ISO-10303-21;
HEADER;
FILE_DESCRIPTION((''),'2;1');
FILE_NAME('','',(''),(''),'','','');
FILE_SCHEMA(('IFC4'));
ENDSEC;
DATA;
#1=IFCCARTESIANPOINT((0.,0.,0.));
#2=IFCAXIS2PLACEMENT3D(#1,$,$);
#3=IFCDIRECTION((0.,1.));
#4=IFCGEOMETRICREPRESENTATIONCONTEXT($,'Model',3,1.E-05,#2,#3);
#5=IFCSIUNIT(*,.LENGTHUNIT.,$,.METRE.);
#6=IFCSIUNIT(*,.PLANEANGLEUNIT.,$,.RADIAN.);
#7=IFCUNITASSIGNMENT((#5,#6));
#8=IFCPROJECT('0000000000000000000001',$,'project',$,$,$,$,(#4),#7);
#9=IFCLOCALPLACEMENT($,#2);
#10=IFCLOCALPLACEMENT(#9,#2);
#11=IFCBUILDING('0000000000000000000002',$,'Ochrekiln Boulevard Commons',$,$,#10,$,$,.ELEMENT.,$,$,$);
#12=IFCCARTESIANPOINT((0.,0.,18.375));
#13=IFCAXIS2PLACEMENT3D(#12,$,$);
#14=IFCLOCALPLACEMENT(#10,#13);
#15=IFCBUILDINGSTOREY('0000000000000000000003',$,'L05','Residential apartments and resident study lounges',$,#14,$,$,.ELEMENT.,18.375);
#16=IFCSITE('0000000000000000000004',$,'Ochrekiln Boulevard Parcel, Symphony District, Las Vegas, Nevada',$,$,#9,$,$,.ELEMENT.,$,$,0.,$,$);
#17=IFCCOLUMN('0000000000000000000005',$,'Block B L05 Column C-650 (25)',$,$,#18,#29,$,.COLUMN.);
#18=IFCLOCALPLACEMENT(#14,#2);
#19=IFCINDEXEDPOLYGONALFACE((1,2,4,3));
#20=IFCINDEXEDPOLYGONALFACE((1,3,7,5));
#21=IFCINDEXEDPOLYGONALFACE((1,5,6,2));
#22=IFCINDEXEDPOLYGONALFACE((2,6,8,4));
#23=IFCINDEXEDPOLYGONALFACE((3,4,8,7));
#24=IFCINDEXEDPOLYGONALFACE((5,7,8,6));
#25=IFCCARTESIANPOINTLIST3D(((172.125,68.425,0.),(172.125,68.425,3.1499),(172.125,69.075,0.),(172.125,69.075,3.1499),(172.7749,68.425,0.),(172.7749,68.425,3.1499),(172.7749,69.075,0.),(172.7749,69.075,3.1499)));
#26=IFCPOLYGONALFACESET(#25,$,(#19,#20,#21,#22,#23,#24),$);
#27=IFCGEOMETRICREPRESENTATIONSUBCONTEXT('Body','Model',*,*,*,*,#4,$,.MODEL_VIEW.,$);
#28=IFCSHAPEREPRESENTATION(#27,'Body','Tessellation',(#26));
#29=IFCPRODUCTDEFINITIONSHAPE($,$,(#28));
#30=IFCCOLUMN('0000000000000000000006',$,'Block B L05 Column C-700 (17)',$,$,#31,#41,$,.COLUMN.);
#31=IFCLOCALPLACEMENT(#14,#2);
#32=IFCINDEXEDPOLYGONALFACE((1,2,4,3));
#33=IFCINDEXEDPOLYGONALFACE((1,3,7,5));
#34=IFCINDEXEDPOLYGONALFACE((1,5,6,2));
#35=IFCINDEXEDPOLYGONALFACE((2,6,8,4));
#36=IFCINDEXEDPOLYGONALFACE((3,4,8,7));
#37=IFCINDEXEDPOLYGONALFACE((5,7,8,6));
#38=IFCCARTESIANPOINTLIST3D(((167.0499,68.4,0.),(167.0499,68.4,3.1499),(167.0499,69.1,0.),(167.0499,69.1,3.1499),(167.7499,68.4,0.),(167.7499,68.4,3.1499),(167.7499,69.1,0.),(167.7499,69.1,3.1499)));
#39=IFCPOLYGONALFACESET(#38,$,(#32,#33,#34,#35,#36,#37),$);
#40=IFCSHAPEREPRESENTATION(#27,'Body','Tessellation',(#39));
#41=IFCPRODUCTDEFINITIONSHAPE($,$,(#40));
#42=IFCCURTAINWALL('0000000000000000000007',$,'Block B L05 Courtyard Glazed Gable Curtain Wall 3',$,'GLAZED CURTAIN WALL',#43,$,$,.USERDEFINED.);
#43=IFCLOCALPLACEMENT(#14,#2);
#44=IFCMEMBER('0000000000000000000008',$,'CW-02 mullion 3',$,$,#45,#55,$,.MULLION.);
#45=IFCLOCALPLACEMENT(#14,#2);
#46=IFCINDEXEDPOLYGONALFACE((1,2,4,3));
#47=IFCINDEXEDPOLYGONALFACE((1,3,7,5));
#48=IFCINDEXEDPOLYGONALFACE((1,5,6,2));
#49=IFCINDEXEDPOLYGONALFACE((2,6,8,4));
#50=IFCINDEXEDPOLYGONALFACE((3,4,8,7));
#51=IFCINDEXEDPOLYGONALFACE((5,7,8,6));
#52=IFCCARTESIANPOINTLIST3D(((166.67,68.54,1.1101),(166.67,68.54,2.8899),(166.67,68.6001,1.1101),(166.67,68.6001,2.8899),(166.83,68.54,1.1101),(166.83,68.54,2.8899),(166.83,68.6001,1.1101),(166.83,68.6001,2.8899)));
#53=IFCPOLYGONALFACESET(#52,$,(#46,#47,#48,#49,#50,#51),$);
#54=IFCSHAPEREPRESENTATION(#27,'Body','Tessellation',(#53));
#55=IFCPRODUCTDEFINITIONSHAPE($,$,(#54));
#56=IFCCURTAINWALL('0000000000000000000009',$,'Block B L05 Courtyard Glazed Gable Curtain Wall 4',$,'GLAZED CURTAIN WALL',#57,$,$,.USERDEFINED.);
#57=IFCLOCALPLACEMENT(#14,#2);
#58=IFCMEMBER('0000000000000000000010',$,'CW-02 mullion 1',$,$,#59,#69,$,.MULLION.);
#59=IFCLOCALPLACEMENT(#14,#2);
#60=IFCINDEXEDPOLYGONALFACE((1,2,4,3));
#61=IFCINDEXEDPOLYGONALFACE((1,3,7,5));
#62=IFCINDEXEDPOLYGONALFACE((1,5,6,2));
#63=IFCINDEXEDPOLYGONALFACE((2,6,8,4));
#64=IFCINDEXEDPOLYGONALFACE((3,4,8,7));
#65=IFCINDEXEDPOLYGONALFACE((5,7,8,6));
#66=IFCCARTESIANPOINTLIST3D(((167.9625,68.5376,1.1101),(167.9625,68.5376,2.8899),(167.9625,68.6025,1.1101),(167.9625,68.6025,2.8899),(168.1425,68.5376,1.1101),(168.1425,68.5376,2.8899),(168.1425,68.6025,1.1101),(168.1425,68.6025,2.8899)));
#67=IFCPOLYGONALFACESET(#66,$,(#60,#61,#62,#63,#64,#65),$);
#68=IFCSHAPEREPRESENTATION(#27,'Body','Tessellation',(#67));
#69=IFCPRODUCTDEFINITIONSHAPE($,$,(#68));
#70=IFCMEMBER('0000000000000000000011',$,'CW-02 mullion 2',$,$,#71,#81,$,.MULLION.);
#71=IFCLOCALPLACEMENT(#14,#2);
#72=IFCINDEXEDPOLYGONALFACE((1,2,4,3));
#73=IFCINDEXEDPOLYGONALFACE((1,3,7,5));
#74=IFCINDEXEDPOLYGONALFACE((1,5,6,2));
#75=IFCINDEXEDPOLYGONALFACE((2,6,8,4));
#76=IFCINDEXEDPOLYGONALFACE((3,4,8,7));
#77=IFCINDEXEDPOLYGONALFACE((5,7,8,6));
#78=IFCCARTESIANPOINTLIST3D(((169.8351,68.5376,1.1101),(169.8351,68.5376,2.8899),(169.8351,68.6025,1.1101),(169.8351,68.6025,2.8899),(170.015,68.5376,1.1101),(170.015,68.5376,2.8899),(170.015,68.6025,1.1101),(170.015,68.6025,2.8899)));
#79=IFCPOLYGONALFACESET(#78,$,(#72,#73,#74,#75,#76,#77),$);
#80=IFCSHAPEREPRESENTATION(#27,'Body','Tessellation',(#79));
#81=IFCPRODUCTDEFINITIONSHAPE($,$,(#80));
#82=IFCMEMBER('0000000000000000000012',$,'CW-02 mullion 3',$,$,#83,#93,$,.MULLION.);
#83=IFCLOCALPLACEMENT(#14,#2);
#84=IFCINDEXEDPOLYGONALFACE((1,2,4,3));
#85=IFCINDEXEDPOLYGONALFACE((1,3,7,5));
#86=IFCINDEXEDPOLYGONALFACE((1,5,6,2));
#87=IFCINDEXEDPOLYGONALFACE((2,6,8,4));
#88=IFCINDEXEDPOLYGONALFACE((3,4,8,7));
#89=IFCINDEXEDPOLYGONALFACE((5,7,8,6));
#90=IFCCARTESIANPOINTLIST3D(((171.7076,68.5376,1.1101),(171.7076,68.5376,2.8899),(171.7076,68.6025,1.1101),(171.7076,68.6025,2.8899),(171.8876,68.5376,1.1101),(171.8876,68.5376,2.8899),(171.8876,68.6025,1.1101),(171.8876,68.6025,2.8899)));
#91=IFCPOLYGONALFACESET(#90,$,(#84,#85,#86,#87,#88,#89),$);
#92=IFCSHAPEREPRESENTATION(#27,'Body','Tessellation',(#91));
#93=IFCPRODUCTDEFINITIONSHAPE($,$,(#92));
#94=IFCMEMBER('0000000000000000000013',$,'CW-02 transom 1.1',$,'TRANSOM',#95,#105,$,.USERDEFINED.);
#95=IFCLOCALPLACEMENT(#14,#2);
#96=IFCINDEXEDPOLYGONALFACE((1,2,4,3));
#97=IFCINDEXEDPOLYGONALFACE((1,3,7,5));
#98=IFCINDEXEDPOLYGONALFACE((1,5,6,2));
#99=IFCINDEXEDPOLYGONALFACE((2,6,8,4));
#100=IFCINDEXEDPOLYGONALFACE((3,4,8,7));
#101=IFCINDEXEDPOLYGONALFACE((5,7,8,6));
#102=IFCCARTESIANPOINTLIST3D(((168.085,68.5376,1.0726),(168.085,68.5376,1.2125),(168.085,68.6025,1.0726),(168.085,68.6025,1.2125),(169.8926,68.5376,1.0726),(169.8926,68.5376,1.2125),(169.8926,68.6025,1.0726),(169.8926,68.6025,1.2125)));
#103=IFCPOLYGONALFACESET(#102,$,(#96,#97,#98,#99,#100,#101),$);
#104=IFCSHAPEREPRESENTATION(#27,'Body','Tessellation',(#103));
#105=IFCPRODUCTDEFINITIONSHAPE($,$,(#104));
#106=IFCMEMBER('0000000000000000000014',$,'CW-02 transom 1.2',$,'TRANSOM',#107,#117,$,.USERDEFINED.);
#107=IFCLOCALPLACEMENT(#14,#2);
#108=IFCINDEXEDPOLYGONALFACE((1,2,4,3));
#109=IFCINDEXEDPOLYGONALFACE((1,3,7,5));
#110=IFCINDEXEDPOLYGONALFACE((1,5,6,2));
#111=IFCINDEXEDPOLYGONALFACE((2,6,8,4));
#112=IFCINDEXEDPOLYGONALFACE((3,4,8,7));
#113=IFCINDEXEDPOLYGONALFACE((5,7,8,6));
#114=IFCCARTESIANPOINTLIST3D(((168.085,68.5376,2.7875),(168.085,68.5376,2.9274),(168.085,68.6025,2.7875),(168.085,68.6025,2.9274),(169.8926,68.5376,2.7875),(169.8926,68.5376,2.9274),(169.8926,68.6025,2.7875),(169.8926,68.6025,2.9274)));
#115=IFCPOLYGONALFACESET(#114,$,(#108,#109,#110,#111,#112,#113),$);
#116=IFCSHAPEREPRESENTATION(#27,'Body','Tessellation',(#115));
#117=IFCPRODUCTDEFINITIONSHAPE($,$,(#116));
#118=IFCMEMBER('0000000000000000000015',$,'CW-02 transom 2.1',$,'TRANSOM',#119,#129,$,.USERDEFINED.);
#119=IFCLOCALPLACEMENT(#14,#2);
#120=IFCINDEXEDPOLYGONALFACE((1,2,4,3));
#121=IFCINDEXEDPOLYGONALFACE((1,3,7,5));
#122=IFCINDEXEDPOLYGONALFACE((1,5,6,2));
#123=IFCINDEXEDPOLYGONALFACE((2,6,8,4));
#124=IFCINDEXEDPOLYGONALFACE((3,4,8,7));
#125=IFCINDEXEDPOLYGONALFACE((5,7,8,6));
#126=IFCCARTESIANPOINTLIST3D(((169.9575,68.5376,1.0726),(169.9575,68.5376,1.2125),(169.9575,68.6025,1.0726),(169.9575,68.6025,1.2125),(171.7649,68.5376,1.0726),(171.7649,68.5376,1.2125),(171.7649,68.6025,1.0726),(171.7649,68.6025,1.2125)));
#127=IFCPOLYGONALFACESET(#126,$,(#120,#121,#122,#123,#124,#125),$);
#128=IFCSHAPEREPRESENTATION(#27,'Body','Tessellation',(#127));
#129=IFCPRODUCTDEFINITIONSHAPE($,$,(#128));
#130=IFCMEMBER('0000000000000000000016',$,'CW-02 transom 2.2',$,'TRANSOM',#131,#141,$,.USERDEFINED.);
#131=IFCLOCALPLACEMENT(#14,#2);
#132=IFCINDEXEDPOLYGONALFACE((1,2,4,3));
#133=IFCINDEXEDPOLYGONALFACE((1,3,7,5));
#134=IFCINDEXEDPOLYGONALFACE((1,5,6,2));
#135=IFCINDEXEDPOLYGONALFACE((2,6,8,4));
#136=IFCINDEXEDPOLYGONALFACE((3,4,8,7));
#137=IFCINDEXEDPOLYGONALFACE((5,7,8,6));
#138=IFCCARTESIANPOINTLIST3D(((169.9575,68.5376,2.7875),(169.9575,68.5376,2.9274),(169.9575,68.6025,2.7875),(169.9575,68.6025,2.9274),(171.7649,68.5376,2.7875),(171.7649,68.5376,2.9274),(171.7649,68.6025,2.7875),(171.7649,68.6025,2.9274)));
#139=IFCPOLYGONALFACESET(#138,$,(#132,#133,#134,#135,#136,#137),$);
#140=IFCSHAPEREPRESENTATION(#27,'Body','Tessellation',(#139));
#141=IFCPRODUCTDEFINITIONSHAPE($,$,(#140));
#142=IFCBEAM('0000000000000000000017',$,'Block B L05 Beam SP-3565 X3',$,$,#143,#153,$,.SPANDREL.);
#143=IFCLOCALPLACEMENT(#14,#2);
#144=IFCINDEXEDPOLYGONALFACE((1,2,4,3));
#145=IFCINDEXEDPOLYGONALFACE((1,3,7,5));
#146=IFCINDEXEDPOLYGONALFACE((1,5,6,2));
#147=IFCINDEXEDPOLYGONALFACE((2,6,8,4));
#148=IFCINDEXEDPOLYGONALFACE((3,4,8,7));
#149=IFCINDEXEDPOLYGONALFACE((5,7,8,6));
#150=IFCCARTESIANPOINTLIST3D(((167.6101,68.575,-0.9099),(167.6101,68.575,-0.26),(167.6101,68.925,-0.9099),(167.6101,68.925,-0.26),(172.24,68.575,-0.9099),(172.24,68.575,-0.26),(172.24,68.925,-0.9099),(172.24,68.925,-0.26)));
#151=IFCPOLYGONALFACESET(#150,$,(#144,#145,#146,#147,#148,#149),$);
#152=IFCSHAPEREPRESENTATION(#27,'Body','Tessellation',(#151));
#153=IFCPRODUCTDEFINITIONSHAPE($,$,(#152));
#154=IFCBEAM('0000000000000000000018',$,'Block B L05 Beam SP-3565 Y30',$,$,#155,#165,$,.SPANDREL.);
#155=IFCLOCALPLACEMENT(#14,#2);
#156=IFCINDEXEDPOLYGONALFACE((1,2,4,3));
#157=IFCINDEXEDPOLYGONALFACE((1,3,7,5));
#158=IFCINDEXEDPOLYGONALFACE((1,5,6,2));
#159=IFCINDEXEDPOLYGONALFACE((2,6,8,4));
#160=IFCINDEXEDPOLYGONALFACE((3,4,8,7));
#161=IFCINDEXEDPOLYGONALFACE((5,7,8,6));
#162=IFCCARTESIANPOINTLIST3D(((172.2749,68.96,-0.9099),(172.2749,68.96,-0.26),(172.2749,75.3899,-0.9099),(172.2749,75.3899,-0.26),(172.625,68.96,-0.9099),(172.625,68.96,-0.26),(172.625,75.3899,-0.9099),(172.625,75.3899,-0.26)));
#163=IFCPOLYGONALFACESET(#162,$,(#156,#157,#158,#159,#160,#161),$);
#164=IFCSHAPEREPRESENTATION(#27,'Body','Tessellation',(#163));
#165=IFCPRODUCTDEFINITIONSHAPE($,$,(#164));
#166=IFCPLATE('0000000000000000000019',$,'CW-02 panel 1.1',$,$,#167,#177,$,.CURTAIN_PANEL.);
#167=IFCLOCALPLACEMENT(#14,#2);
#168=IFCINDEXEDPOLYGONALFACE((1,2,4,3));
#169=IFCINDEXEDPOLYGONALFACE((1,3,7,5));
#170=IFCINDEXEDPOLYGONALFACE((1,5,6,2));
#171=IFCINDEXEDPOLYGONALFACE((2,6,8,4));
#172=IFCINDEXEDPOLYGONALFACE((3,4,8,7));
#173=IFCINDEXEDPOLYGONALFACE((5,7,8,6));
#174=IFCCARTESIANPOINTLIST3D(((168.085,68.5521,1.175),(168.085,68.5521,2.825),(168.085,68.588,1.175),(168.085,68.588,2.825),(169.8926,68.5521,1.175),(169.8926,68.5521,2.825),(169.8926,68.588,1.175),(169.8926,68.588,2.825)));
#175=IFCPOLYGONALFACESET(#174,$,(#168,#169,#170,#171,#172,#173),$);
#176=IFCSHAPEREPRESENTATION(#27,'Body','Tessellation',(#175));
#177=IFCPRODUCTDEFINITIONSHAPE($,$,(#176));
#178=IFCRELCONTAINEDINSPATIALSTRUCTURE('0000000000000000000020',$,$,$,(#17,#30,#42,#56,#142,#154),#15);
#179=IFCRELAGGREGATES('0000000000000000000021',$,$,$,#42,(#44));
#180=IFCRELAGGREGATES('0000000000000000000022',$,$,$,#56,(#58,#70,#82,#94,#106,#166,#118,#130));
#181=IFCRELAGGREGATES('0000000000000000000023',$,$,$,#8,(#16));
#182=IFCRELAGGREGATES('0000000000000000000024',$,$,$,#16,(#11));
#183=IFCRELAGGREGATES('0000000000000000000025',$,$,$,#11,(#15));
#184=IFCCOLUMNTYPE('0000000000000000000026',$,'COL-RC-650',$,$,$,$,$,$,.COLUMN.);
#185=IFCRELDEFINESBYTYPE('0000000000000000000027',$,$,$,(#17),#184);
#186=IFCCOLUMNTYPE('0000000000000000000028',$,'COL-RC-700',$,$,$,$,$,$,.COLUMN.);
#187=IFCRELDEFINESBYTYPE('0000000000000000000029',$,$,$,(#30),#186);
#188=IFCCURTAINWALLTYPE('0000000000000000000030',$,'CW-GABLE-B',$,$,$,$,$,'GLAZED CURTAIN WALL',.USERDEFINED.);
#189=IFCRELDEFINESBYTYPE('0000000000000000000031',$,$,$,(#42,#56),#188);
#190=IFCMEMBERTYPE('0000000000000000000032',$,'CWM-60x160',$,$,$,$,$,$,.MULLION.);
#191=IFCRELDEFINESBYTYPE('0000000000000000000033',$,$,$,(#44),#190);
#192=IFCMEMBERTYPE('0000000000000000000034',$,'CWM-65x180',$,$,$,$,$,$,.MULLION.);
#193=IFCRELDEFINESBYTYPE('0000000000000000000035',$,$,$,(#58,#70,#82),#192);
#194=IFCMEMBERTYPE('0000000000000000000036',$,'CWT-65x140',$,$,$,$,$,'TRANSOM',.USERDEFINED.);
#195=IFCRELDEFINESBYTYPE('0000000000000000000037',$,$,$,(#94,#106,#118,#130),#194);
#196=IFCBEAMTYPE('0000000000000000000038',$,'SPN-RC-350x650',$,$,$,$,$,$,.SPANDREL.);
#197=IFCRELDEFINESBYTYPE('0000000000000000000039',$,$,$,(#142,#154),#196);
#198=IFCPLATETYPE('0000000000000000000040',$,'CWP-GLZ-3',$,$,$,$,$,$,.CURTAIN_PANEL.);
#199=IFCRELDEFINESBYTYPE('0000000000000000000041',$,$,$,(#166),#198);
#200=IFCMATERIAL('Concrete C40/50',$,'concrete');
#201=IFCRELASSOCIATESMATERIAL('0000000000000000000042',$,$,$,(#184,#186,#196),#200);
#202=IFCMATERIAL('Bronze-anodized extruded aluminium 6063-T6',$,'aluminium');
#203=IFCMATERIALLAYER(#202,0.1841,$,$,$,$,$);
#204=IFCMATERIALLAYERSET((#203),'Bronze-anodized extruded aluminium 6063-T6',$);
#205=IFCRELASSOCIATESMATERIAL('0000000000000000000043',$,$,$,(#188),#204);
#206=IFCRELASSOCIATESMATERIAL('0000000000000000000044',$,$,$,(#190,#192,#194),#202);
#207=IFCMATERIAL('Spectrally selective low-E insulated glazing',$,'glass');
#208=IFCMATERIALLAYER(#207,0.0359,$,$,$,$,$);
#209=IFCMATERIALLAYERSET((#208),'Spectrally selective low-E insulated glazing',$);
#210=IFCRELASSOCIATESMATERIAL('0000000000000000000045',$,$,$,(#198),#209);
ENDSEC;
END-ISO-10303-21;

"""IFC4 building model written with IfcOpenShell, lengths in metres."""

from ifc_helpers import new_model, si_unit, direction, frame, origin, origin_2d, place, context, subcontext, project, spatial, rectangle, extrude, material, layer, layer_set, material_profile, profile_set, type_object, element, aggregate, save


model = new_model("IFC4")

# Units and contexts
model_context = context("Model", 3, precision=1e-05, world=origin(), true_north=direction((0.0, 1.0)))
body_context = subcontext(model_context, "Body", "Model", "MODEL_VIEW")
ifc_project = project(units=[si_unit("LENGTHUNIT", "METRE"), si_unit("PLANEANGLEUNIT", "RADIAN")], contexts=[model_context])

# Site, building, storey
site_placement = place(None, origin())
site = spatial("IfcSite", under=ifc_project, at=site_placement, Name="Ochrekiln Boulevard Parcel, Symphony District, Las Vegas, Nevada", CompositionType="ELEMENT", RefElevation=0.0)
building_placement = place(site_placement, origin())
building = spatial("IfcBuilding", under=site, at=building_placement, Name="Ochrekiln Boulevard Commons", CompositionType="ELEMENT")
storey_placement = place(building_placement, frame((0.0, 0.0, 18.375)))
storey = spatial("IfcBuildingStorey", under=building, at=storey_placement, Name="L05", Description="Residential apartments and resident study lounges", CompositionType="ELEMENT", Elevation=18.375)

# Columns
ifc_material_1 = material(Name="Concrete C40/50", Category="concrete")
ifc_material_profile_1 = material_profile(ifc_material_1, rectangle(XDim=0.6499, YDim=0.6499, at=origin_2d()), Name="RC-COL-650x650")
ifc_profile_set_1 = profile_set([ifc_material_profile_1], Name="Concrete C40/50")
column_type_1 = type_object("IfcColumnType", Name="COL-RC-650", PredefinedType="COLUMN", material=ifc_profile_set_1)
column_1_placement = place(storey_placement, frame((172.45, 68.75, 0.0), z_axis=(0.0, 0.0, 1.0), x_axis=(1.0, 0.0, 0.0)))
element("IfcColumn", 1, at=column_1_placement, inside=storey, type_object=column_type_1, Name="Block B L05 Column C-650 (25)", PredefinedType="COLUMN", context=body_context, shape_type="SweptSolid", body=[
    extrude(rectangle(XDim=0.6499, YDim=0.6499, at=origin_2d()), origin(), (0.0, 0.0, 1.0), 3.1499),
])
ifc_material_profile_2 = material_profile(ifc_material_1, rectangle(XDim=0.7, YDim=0.7, at=origin_2d()), Name="RC-COL-700x700")
ifc_profile_set_2 = profile_set([ifc_material_profile_2], Name="Concrete C40/50")
column_type_2 = type_object("IfcColumnType", Name="COL-RC-700", PredefinedType="COLUMN", material=ifc_profile_set_2)
column_2_placement = place(storey_placement, frame((167.3999, 68.75, 0.0), z_axis=(0.0, 0.0, 1.0), x_axis=(1.0, 0.0, 0.0)))
element("IfcColumn", 2, at=column_2_placement, inside=storey, type_object=column_type_2, Name="Block B L05 Column C-700 (17)", PredefinedType="COLUMN", context=body_context, shape_type="SweptSolid", body=[
    extrude(rectangle(XDim=0.7, YDim=0.7, at=origin_2d()), origin(), (0.0, 0.0, 1.0), 3.1499),
])

# Curtain wall, member
ifc_material_2 = material(Name="Bronze-anodized extruded aluminium 6063-T6", Category="aluminium")
ifc_layer_1 = layer(ifc_material_2, 0.1841)
ifc_layer_set_1 = layer_set([ifc_layer_1], Name="Bronze-anodized extruded aluminium 6063-T6")
curtain_wall_type = type_object("IfcCurtainWallType", Name="CW-GABLE-B", ElementType="GLAZED CURTAIN WALL", PredefinedType="USERDEFINED", material=ifc_layer_set_1)
curtain_wall_1_placement = place(storey_placement, origin())
curtain_wall_1 = element("IfcCurtainWall", 3, at=curtain_wall_1_placement, inside=storey, type_object=curtain_wall_type, Name="Block B L05 Courtyard Glazed Gable Curtain Wall 3", ObjectType="GLAZED CURTAIN WALL", PredefinedType="USERDEFINED")
ifc_material_profile_3 = material_profile(ifc_material_2, rectangle(XDim=0.0601, YDim=0.1599, at=origin_2d()), Name="ALU-MUL-60x160")
ifc_profile_set_3 = profile_set([ifc_material_profile_3], Name="Bronze-anodized extruded aluminium 6063-T6")
member_type_1 = type_object("IfcMemberType", Name="CWM-60x160", PredefinedType="MULLION", material=ifc_profile_set_3)
member_1_placement = place(storey_placement, frame((166.75, 68.5701, 1.1101), z_axis=(0.0, 0.0, 1.0), x_axis=(0.0, 1.0, 0.0)))
member_1 = element("IfcMember", 4, at=member_1_placement, type_object=member_type_1, Name="CW-02 mullion 3", PredefinedType="MULLION", context=body_context, shape_type="SweptSolid", body=[
    extrude(rectangle(XDim=0.0601, YDim=0.1599, at=origin_2d()), origin(), (0.0, 0.0, 1.0), 1.7798),
])
aggregate(curtain_wall_1, [member_1])

# Curtain wall, members
curtain_wall_2_placement = place(storey_placement, origin())
curtain_wall_2 = element("IfcCurtainWall", 5, at=curtain_wall_2_placement, inside=storey, type_object=curtain_wall_type, Name="Block B L05 Courtyard Glazed Gable Curtain Wall 4", ObjectType="GLAZED CURTAIN WALL", PredefinedType="USERDEFINED")
ifc_material_profile_4 = material_profile(ifc_material_2, rectangle(XDim=0.0649, YDim=0.1799, at=origin_2d()), Name="ALU-MUL-65x180")
ifc_profile_set_4 = profile_set([ifc_material_profile_4], Name="Bronze-anodized extruded aluminium 6063-T6")
member_type_2 = type_object("IfcMemberType", Name="CWM-65x180", PredefinedType="MULLION", material=ifc_profile_set_4)
member_2_placement = place(storey_placement, frame((168.0525, 68.5701, 1.1101), z_axis=(0.0, 0.0, 1.0), x_axis=(0.0, 1.0, 0.0)))
member_2 = element("IfcMember", 6, at=member_2_placement, type_object=member_type_2, Name="CW-02 mullion 1", PredefinedType="MULLION", context=body_context, shape_type="SweptSolid", body=[
    extrude(rectangle(XDim=0.0649, YDim=0.1799, at=origin_2d()), origin(), (0.0, 0.0, 1.0), 1.7798),
])
member_3_placement = place(storey_placement, frame((169.925, 68.5701, 1.1101), z_axis=(0.0, 0.0, 1.0), x_axis=(0.0, 1.0, 0.0)))
member_3 = element("IfcMember", 7, at=member_3_placement, type_object=member_type_2, Name="CW-02 mullion 2", PredefinedType="MULLION", context=body_context, shape_type="SweptSolid", body=[
    extrude(rectangle(XDim=0.0649, YDim=0.1799, at=origin_2d()), origin(), (0.0, 0.0, 1.0), 1.7798),
])
member_4_placement = place(storey_placement, frame((171.7976, 68.5701, 1.1101), z_axis=(0.0, 0.0, 1.0), x_axis=(0.0, 1.0, 0.0)))
member_4 = element("IfcMember", 8, at=member_4_placement, type_object=member_type_2, Name="CW-02 mullion 3", PredefinedType="MULLION", context=body_context, shape_type="SweptSolid", body=[
    extrude(rectangle(XDim=0.0649, YDim=0.1799, at=origin_2d()), origin(), (0.0, 0.0, 1.0), 1.7798),
])
ifc_material_profile_5 = material_profile(ifc_material_2, rectangle(XDim=0.0649, YDim=0.1399, at=origin_2d()), Name="ALU-TRN-65x140")
ifc_profile_set_5 = profile_set([ifc_material_profile_5], Name="Bronze-anodized extruded aluminium 6063-T6")
member_type_3 = type_object("IfcMemberType", Name="CWT-65x140", ElementType="TRANSOM", PredefinedType="USERDEFINED", material=ifc_profile_set_5)
member_5_placement = place(storey_placement, frame((168.085, 68.5701, 1.1426), z_axis=(1.0, 0.0, 0.0), x_axis=(0.0, 1.0, 0.0)))
member_5 = element("IfcMember", 9, at=member_5_placement, type_object=member_type_3, Name="CW-02 transom 1.1", ObjectType="TRANSOM", PredefinedType="USERDEFINED", context=body_context, shape_type="SweptSolid", body=[
    extrude(rectangle(XDim=0.0649, YDim=0.1399, at=origin_2d()), origin(), (0.0, 0.0, 1.0), 1.8076),
])
member_6_placement = place(storey_placement, frame((168.085, 68.5701, 2.8574), z_axis=(1.0, 0.0, 0.0), x_axis=(0.0, 1.0, 0.0)))
member_6 = element("IfcMember", 10, at=member_6_placement, type_object=member_type_3, Name="CW-02 transom 1.2", ObjectType="TRANSOM", PredefinedType="USERDEFINED", context=body_context, shape_type="SweptSolid", body=[
    extrude(rectangle(XDim=0.0649, YDim=0.1399, at=origin_2d()), origin(), (0.0, 0.0, 1.0), 1.8076),
])
member_7_placement = place(storey_placement, frame((169.9575, 68.5701, 1.1426), z_axis=(1.0, 0.0, 0.0), x_axis=(0.0, 1.0, 0.0)))
member_7 = element("IfcMember", 11, at=member_7_placement, type_object=member_type_3, Name="CW-02 transom 2.1", ObjectType="TRANSOM", PredefinedType="USERDEFINED", context=body_context, shape_type="SweptSolid", body=[
    extrude(rectangle(XDim=0.0649, YDim=0.1399, at=origin_2d()), origin(), (0.0, 0.0, 1.0), 1.8074),
])
member_8_placement = place(storey_placement, frame((169.9575, 68.5701, 2.8574), z_axis=(1.0, 0.0, 0.0), x_axis=(0.0, 1.0, 0.0)))
member_8 = element("IfcMember", 12, at=member_8_placement, type_object=member_type_3, Name="CW-02 transom 2.2", ObjectType="TRANSOM", PredefinedType="USERDEFINED", context=body_context, shape_type="SweptSolid", body=[
    extrude(rectangle(XDim=0.0649, YDim=0.1399, at=origin_2d()), origin(), (0.0, 0.0, 1.0), 1.8074),
])

# Beams
ifc_material_profile_6 = material_profile(ifc_material_1, rectangle(XDim=0.3501, YDim=0.6499, at=origin_2d()), Name="RC-SPN-350x650")
ifc_profile_set_6 = profile_set([ifc_material_profile_6], Name="Concrete C40/50")
beam_type = type_object("IfcBeamType", Name="SPN-RC-350x650", PredefinedType="SPANDREL", material=ifc_profile_set_6)
beam_1_placement = place(storey_placement, frame((167.6101, 68.75, -0.585), z_axis=(1.0, 0.0, 0.0), x_axis=(0.0, 1.0, 0.0)))
element("IfcBeam", 13, at=beam_1_placement, inside=storey, type_object=beam_type, Name="Block B L05 Beam SP-3565 X3", PredefinedType="SPANDREL", context=body_context, shape_type="SweptSolid", body=[
    extrude(rectangle(XDim=0.3501, YDim=0.6499, at=origin_2d()), origin(), (0.0, 0.0, 1.0), 4.6299),
])
beam_2_placement = place(storey_placement, frame((172.45, 68.96, -0.585), z_axis=(0.0, 1.0, 0.0), x_axis=(-1.0, 0.0, 0.0)))
element("IfcBeam", 14, at=beam_2_placement, inside=storey, type_object=beam_type, Name="Block B L05 Beam SP-3565 Y30", PredefinedType="SPANDREL", context=body_context, shape_type="SweptSolid", body=[
    extrude(rectangle(XDim=0.3501, YDim=0.6499, at=origin_2d()), origin(), (0.0, 0.0, 1.0), 6.4299),
])

# Plate
ifc_material_3 = material(Name="Spectrally selective low-E insulated glazing", Category="glass")
ifc_layer_2 = layer(ifc_material_3, 0.0359)
ifc_layer_set_2 = layer_set([ifc_layer_2], Name="Spectrally selective low-E insulated glazing")
plate_type = type_object("IfcPlateType", Name="CWP-GLZ-3", PredefinedType="CURTAIN_PANEL", material=ifc_layer_set_2)
plate_1_placement = place(storey_placement, frame((168.9888, 68.5701, 1.175), z_axis=(0.0, 0.0, 1.0), x_axis=(1.0, 0.0, 0.0)))
plate_1 = element("IfcPlate", 15, at=plate_1_placement, type_object=plate_type, Name="CW-02 panel 1.1", PredefinedType="CURTAIN_PANEL", context=body_context, shape_type="SweptSolid", body=[
    extrude(rectangle(XDim=1.8076, YDim=0.0359, at=origin_2d()), origin(), (0.0, 0.0, 1.0), 1.6499),
])
aggregate(curtain_wall_2, [member_2, member_3, member_4, member_5, member_6, plate_1, member_7, member_8])

save(model, "model.ifc")
